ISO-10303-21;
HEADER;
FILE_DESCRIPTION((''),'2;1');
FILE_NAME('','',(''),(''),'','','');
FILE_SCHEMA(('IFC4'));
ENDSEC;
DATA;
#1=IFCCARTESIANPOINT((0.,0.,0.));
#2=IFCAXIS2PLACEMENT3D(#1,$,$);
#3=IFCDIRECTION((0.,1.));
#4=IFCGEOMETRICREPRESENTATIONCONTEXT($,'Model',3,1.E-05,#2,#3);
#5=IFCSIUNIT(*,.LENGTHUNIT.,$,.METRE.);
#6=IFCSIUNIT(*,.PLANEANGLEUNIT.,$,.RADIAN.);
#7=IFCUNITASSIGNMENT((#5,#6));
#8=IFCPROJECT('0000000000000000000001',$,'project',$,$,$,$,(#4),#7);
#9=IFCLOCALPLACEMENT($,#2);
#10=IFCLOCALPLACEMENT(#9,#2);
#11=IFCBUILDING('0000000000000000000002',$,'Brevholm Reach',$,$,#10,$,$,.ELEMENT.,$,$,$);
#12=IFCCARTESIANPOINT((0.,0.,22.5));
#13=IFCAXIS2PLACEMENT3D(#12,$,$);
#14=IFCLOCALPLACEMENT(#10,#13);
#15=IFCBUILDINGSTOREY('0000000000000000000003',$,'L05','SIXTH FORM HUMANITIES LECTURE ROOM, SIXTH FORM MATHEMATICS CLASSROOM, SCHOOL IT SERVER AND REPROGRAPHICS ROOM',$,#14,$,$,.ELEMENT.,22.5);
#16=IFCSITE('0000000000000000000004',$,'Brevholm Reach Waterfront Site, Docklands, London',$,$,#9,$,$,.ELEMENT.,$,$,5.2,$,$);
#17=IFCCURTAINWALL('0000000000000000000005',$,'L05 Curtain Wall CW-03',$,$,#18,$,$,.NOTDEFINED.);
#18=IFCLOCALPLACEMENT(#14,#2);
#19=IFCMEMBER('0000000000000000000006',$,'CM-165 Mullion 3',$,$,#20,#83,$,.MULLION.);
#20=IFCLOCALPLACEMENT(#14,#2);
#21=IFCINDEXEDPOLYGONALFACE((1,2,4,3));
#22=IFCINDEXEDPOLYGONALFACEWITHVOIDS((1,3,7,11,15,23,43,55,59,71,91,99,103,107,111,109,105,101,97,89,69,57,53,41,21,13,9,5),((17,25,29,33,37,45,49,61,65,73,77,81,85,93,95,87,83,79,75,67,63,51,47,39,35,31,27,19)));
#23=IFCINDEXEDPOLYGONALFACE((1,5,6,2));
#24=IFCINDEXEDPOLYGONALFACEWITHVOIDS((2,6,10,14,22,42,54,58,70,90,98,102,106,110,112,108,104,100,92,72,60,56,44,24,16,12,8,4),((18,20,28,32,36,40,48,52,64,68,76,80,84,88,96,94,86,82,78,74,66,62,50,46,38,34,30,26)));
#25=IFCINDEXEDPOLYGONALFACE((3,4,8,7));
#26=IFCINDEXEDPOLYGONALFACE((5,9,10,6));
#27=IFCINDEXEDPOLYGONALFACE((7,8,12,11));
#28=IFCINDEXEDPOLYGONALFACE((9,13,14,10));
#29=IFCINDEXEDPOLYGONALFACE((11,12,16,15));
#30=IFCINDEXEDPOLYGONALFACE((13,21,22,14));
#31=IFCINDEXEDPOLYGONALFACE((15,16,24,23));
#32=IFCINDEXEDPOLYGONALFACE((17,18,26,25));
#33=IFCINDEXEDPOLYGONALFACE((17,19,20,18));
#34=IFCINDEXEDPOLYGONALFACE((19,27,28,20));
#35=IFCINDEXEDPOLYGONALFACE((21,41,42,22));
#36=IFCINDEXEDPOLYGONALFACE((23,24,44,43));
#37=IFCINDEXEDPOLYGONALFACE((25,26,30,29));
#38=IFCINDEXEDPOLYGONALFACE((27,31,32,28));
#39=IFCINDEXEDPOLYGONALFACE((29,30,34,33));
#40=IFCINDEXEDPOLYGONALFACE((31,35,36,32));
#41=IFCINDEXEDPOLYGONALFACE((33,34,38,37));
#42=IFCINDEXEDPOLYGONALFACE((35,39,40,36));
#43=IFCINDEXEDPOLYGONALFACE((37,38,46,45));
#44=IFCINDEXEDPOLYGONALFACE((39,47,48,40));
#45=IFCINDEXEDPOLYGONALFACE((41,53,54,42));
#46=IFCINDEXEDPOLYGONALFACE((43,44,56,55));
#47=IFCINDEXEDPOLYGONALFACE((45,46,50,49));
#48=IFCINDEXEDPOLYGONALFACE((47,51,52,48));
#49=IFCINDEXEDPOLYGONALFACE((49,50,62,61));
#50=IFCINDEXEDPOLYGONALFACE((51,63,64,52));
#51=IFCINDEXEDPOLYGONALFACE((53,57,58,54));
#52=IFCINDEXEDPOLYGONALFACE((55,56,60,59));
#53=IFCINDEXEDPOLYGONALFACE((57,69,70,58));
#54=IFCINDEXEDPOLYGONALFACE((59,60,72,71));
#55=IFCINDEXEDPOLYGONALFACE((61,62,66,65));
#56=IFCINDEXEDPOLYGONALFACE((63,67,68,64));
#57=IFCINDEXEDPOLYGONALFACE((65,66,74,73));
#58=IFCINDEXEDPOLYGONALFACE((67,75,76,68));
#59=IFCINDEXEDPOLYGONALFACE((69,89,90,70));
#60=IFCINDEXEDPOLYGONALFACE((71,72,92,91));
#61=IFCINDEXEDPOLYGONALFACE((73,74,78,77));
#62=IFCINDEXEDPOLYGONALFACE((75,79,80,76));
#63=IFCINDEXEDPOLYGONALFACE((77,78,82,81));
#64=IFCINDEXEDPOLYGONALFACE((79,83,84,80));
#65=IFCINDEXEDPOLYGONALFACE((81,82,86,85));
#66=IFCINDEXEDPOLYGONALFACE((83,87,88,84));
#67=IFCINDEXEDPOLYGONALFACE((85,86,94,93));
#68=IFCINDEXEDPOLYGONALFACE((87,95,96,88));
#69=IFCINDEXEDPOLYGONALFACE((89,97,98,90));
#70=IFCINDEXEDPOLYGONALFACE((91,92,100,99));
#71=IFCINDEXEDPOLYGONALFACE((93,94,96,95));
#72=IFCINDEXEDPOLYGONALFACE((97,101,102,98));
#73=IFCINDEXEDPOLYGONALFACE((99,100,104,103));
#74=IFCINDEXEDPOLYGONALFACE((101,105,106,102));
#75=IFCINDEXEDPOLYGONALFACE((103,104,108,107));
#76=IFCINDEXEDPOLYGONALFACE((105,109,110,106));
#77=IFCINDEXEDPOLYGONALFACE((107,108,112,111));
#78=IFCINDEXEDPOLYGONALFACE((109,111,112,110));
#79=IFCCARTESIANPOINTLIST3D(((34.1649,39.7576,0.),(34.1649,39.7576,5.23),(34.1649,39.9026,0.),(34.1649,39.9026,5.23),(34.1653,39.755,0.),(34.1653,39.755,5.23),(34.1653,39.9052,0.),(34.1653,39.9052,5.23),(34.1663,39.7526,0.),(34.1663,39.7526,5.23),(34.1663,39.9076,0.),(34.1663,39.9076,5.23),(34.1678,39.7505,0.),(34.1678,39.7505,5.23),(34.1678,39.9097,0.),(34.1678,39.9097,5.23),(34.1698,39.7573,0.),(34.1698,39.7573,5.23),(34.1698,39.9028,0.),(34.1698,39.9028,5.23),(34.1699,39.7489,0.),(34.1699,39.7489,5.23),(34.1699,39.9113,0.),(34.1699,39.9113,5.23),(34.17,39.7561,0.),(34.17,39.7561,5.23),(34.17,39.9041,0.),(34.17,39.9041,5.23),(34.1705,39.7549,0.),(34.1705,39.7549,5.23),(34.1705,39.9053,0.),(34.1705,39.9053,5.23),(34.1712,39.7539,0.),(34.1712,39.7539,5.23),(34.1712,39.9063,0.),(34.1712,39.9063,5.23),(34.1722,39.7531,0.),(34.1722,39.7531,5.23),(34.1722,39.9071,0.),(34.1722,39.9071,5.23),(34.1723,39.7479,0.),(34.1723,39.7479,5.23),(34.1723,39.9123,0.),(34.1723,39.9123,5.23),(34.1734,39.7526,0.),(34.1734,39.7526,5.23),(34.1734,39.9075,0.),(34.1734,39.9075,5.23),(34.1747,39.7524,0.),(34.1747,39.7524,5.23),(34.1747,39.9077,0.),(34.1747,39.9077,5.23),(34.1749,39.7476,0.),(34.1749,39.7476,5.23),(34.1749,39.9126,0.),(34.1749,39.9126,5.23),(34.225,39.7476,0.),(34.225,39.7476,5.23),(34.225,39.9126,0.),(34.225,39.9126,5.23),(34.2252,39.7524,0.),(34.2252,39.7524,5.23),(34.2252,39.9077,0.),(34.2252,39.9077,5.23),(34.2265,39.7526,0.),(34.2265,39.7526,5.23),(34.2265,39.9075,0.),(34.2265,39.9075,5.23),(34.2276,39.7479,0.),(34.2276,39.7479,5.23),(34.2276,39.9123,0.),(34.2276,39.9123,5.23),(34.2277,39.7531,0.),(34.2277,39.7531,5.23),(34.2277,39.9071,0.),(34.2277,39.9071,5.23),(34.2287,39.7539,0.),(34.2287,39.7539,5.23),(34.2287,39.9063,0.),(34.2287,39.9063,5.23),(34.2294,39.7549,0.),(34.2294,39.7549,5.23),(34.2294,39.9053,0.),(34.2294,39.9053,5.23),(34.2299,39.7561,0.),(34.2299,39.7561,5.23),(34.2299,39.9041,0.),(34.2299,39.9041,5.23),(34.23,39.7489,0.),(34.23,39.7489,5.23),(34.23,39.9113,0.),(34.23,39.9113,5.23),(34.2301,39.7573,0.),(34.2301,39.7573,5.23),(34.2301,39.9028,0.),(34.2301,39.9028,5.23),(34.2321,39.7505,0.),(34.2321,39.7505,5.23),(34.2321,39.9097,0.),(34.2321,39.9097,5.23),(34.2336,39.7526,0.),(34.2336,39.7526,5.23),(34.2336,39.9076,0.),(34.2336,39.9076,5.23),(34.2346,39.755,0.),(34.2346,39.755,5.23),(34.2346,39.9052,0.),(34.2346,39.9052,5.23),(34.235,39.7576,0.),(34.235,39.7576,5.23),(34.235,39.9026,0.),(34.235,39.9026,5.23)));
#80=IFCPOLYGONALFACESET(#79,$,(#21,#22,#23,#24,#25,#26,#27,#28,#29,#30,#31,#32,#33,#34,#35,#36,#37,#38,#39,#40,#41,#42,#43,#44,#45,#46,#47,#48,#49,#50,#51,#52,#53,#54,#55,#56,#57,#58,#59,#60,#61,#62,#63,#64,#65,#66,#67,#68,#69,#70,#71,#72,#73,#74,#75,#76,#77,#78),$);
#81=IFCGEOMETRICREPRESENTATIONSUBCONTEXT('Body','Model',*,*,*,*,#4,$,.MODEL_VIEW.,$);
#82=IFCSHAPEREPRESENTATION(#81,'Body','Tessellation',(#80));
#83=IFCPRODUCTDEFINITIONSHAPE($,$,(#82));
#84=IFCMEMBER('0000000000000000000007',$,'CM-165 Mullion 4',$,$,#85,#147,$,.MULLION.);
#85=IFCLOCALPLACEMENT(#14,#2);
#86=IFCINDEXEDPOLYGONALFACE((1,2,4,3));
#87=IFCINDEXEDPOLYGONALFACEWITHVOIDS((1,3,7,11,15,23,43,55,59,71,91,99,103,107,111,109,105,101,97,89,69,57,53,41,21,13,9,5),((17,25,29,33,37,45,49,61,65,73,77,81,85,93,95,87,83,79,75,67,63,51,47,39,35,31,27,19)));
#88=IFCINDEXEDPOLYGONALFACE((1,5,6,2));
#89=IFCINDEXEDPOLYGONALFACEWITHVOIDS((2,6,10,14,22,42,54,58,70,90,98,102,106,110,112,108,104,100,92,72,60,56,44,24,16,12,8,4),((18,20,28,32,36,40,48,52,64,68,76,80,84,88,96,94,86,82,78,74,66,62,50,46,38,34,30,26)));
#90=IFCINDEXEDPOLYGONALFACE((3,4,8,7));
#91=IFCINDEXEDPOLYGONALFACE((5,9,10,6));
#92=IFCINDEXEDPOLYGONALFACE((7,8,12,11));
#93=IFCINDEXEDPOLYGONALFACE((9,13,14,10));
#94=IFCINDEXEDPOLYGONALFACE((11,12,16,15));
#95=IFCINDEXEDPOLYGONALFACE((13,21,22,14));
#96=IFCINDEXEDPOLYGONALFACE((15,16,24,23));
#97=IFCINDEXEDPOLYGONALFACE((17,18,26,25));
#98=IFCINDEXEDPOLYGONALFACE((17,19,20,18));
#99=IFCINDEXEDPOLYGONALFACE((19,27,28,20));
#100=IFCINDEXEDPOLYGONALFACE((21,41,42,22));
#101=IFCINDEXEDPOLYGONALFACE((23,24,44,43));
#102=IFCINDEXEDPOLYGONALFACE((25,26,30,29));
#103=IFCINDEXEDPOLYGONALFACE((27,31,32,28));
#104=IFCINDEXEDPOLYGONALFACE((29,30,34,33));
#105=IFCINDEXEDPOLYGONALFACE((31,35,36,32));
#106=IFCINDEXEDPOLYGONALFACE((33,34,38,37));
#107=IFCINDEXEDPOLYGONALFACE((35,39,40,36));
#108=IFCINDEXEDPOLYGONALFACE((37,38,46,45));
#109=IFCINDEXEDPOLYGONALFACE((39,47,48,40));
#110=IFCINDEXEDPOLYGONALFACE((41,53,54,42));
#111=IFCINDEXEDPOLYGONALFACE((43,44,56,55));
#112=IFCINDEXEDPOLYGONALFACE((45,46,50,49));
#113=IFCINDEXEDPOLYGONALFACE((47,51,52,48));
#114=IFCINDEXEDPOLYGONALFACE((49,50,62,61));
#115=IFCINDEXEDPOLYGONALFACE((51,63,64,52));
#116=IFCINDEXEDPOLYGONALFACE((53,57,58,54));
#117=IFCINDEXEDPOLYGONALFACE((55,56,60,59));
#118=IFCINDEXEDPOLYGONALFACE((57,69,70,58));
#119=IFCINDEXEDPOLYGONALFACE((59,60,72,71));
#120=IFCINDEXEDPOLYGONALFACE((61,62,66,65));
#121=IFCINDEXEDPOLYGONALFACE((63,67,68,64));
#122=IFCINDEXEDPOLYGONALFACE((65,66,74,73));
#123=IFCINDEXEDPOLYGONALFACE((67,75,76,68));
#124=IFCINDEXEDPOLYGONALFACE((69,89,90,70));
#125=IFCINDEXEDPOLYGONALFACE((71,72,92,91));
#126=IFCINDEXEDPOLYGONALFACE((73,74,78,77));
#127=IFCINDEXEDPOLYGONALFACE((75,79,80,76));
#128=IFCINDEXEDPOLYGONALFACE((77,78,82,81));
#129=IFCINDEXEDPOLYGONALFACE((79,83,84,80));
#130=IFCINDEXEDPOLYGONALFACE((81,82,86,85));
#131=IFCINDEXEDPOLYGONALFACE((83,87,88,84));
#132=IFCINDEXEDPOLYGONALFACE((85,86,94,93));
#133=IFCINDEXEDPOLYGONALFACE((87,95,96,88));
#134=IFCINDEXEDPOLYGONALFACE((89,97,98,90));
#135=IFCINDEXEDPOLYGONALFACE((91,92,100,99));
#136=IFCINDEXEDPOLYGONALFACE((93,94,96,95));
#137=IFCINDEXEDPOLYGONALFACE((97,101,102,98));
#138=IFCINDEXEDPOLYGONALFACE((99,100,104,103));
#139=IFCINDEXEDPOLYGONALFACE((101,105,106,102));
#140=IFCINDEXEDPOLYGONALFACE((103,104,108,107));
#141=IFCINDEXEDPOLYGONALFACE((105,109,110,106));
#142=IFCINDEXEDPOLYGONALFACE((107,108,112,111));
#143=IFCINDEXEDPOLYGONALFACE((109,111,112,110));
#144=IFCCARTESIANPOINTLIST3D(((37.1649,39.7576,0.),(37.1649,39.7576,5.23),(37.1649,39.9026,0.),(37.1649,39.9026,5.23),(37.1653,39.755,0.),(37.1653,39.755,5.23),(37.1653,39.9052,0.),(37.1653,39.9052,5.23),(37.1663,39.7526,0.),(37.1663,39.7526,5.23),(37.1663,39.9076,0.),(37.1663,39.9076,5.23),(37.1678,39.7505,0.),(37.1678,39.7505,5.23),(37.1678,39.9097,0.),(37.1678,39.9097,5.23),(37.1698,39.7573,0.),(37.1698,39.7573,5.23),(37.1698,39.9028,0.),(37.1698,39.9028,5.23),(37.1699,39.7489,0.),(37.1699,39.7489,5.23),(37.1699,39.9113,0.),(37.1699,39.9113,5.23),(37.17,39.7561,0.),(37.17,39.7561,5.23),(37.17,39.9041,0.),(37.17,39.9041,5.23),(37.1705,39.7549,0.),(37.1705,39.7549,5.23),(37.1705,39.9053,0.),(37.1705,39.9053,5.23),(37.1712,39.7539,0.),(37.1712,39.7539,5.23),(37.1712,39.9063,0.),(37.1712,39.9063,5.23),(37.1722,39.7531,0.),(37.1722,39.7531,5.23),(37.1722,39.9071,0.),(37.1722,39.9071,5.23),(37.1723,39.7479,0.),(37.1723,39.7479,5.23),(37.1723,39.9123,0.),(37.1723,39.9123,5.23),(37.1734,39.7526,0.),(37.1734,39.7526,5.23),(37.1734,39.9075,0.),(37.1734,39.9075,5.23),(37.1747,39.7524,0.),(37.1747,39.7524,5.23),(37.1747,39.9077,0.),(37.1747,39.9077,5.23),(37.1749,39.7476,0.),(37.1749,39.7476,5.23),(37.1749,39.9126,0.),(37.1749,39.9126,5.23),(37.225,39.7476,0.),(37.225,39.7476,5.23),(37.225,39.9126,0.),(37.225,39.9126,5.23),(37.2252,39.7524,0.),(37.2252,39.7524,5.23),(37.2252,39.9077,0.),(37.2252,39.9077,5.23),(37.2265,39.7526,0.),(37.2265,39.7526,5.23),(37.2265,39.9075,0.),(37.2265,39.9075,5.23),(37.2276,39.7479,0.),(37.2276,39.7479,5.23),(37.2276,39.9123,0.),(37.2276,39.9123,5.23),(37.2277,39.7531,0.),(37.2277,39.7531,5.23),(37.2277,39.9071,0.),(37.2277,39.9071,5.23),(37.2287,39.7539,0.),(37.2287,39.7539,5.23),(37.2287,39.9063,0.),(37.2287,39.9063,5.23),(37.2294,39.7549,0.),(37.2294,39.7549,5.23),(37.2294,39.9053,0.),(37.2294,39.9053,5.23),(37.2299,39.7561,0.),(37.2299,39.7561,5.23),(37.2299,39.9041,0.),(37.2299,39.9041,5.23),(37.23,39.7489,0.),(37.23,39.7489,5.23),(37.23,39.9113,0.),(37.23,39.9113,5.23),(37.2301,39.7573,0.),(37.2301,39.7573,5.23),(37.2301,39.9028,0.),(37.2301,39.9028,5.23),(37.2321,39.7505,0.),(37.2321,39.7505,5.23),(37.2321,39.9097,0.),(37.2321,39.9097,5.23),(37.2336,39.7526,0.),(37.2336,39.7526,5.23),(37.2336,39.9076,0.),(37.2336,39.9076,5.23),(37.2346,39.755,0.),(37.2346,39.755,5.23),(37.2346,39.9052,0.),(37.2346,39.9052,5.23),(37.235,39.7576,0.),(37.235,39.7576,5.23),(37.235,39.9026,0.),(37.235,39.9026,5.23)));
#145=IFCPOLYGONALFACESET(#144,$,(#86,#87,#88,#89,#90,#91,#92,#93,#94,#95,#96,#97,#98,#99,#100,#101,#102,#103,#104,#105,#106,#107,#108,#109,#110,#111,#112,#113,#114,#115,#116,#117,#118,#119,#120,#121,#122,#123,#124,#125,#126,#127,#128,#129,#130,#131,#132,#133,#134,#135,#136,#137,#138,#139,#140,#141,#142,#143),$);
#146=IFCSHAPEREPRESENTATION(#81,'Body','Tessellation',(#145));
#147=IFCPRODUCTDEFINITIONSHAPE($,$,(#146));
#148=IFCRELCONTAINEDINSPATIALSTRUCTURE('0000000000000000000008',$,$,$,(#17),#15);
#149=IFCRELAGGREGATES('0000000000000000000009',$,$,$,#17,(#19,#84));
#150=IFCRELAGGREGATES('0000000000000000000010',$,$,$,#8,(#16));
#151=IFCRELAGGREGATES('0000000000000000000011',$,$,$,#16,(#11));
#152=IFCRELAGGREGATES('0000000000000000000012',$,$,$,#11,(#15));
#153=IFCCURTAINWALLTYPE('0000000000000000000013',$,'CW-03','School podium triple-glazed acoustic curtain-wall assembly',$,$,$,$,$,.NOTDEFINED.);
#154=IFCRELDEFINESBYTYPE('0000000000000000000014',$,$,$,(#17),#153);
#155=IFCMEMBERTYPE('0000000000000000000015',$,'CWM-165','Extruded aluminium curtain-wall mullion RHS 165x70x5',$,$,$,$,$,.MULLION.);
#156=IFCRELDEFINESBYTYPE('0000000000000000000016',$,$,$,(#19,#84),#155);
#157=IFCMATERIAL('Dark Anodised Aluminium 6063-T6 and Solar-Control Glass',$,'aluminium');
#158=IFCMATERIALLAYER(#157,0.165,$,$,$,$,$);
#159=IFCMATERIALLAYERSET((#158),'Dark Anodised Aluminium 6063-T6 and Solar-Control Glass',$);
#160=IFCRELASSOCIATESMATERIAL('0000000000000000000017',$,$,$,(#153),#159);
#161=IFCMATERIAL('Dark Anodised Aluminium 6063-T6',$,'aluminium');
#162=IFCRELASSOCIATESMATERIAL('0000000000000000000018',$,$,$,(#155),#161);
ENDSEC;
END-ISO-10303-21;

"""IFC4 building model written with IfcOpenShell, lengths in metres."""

from ifc_helpers import new_model, si_unit, direction, frame, origin, origin_2d, place, context, subcontext, project, spatial, hollow_rectangle, extrude, material, layer, layer_set, material_profile, profile_set, type_object, element, aggregate, save


model = new_model("IFC4")

# Units and contexts
model_context = context("Model", 3, precision=1e-05, world=origin(), true_north=direction((0.0, 1.0)))
body_context = subcontext(model_context, "Body", "Model", "MODEL_VIEW")
ifc_project = project(units=[si_unit("LENGTHUNIT", "METRE"), si_unit("PLANEANGLEUNIT", "RADIAN")], contexts=[model_context])

# Site, building, storey
site_placement = place(None, origin())
site = spatial("IfcSite", under=ifc_project, at=site_placement, Name="Brevholm Reach Waterfront Site, Docklands, London", CompositionType="ELEMENT", RefElevation=5.2)
building_placement = place(site_placement, origin())
building = spatial("IfcBuilding", under=site, at=building_placement, Name="Brevholm Reach", CompositionType="ELEMENT")
storey_placement = place(building_placement, frame((0.0, 0.0, 22.5)))
storey = spatial("IfcBuildingStorey", under=building, at=storey_placement, Name="L05", Description="SIXTH FORM HUMANITIES LECTURE ROOM, SIXTH FORM MATHEMATICS CLASSROOM, SCHOOL IT SERVER AND REPROGRAPHICS ROOM", CompositionType="ELEMENT", Elevation=22.5)

# Curtain wall, members
ifc_material_1 = material(Name="Dark Anodised Aluminium 6063-T6 and Solar-Control Glass", Category="aluminium")
ifc_layer_1 = layer(ifc_material_1, 0.165)
ifc_layer_set_1 = layer_set([ifc_layer_1], Name="Dark Anodised Aluminium 6063-T6 and Solar-Control Glass")
curtain_wall_type = type_object("IfcCurtainWallType", Name="CW-03", Description="School podium triple-glazed acoustic curtain-wall assembly", PredefinedType="NOTDEFINED", material=ifc_layer_set_1)
curtain_wall_placement = place(storey_placement, origin())
curtain_wall = element("IfcCurtainWall", 1, at=curtain_wall_placement, inside=storey, type_object=curtain_wall_type, Name="L05 Curtain Wall CW-03", PredefinedType="NOTDEFINED")
ifc_material_2 = material(Name="Dark Anodised Aluminium 6063-T6", Category="aluminium")
ifc_material_profile_1 = material_profile(ifc_material_2, hollow_rectangle(XDim=0.0701, YDim=0.165, WallThickness=0.0049, InnerFilletRadius=0.0049, OuterFilletRadius=0.01, at=origin_2d()), Name="RHS 165x70x5")
ifc_profile_set_1 = profile_set([ifc_material_profile_1], Name="Dark Anodised Aluminium 6063-T6")
member_type_1 = type_object("IfcMemberType", Name="CWM-165", Description="Extruded aluminium curtain-wall mullion RHS 165x70x5", PredefinedType="MULLION", material=ifc_profile_set_1)
member_1_placement = place(storey_placement, frame((34.2, 39.8301, 0.0), z_axis=(0.0, 0.0, 1.0), x_axis=(1.0, 0.0, 0.0)))
member_1 = element("IfcMember", 2, at=member_1_placement, type_object=member_type_1, Name="CM-165 Mullion 3", PredefinedType="MULLION", context=body_context, shape_type="SweptSolid", body=[
    extrude(hollow_rectangle(XDim=0.0701, YDim=0.165, WallThickness=0.0049, InnerFilletRadius=0.0049, OuterFilletRadius=0.01, at=origin_2d()), origin(), (0.0, 0.0, 1.0), 5.23),
])
member_2_placement = place(storey_placement, frame((37.2, 39.8301, 0.0), z_axis=(0.0, 0.0, 1.0), x_axis=(1.0, 0.0, 0.0)))
member_2 = element("IfcMember", 3, at=member_2_placement, type_object=member_type_1, Name="CM-165 Mullion 4", PredefinedType="MULLION", context=body_context, shape_type="SweptSolid", body=[
    extrude(hollow_rectangle(XDim=0.0701, YDim=0.165, WallThickness=0.0049, InnerFilletRadius=0.0049, OuterFilletRadius=0.01, at=origin_2d()), origin(), (0.0, 0.0, 1.0), 5.23),
])
aggregate(curtain_wall, [member_1, member_2])

save(model, "model.ifc")
